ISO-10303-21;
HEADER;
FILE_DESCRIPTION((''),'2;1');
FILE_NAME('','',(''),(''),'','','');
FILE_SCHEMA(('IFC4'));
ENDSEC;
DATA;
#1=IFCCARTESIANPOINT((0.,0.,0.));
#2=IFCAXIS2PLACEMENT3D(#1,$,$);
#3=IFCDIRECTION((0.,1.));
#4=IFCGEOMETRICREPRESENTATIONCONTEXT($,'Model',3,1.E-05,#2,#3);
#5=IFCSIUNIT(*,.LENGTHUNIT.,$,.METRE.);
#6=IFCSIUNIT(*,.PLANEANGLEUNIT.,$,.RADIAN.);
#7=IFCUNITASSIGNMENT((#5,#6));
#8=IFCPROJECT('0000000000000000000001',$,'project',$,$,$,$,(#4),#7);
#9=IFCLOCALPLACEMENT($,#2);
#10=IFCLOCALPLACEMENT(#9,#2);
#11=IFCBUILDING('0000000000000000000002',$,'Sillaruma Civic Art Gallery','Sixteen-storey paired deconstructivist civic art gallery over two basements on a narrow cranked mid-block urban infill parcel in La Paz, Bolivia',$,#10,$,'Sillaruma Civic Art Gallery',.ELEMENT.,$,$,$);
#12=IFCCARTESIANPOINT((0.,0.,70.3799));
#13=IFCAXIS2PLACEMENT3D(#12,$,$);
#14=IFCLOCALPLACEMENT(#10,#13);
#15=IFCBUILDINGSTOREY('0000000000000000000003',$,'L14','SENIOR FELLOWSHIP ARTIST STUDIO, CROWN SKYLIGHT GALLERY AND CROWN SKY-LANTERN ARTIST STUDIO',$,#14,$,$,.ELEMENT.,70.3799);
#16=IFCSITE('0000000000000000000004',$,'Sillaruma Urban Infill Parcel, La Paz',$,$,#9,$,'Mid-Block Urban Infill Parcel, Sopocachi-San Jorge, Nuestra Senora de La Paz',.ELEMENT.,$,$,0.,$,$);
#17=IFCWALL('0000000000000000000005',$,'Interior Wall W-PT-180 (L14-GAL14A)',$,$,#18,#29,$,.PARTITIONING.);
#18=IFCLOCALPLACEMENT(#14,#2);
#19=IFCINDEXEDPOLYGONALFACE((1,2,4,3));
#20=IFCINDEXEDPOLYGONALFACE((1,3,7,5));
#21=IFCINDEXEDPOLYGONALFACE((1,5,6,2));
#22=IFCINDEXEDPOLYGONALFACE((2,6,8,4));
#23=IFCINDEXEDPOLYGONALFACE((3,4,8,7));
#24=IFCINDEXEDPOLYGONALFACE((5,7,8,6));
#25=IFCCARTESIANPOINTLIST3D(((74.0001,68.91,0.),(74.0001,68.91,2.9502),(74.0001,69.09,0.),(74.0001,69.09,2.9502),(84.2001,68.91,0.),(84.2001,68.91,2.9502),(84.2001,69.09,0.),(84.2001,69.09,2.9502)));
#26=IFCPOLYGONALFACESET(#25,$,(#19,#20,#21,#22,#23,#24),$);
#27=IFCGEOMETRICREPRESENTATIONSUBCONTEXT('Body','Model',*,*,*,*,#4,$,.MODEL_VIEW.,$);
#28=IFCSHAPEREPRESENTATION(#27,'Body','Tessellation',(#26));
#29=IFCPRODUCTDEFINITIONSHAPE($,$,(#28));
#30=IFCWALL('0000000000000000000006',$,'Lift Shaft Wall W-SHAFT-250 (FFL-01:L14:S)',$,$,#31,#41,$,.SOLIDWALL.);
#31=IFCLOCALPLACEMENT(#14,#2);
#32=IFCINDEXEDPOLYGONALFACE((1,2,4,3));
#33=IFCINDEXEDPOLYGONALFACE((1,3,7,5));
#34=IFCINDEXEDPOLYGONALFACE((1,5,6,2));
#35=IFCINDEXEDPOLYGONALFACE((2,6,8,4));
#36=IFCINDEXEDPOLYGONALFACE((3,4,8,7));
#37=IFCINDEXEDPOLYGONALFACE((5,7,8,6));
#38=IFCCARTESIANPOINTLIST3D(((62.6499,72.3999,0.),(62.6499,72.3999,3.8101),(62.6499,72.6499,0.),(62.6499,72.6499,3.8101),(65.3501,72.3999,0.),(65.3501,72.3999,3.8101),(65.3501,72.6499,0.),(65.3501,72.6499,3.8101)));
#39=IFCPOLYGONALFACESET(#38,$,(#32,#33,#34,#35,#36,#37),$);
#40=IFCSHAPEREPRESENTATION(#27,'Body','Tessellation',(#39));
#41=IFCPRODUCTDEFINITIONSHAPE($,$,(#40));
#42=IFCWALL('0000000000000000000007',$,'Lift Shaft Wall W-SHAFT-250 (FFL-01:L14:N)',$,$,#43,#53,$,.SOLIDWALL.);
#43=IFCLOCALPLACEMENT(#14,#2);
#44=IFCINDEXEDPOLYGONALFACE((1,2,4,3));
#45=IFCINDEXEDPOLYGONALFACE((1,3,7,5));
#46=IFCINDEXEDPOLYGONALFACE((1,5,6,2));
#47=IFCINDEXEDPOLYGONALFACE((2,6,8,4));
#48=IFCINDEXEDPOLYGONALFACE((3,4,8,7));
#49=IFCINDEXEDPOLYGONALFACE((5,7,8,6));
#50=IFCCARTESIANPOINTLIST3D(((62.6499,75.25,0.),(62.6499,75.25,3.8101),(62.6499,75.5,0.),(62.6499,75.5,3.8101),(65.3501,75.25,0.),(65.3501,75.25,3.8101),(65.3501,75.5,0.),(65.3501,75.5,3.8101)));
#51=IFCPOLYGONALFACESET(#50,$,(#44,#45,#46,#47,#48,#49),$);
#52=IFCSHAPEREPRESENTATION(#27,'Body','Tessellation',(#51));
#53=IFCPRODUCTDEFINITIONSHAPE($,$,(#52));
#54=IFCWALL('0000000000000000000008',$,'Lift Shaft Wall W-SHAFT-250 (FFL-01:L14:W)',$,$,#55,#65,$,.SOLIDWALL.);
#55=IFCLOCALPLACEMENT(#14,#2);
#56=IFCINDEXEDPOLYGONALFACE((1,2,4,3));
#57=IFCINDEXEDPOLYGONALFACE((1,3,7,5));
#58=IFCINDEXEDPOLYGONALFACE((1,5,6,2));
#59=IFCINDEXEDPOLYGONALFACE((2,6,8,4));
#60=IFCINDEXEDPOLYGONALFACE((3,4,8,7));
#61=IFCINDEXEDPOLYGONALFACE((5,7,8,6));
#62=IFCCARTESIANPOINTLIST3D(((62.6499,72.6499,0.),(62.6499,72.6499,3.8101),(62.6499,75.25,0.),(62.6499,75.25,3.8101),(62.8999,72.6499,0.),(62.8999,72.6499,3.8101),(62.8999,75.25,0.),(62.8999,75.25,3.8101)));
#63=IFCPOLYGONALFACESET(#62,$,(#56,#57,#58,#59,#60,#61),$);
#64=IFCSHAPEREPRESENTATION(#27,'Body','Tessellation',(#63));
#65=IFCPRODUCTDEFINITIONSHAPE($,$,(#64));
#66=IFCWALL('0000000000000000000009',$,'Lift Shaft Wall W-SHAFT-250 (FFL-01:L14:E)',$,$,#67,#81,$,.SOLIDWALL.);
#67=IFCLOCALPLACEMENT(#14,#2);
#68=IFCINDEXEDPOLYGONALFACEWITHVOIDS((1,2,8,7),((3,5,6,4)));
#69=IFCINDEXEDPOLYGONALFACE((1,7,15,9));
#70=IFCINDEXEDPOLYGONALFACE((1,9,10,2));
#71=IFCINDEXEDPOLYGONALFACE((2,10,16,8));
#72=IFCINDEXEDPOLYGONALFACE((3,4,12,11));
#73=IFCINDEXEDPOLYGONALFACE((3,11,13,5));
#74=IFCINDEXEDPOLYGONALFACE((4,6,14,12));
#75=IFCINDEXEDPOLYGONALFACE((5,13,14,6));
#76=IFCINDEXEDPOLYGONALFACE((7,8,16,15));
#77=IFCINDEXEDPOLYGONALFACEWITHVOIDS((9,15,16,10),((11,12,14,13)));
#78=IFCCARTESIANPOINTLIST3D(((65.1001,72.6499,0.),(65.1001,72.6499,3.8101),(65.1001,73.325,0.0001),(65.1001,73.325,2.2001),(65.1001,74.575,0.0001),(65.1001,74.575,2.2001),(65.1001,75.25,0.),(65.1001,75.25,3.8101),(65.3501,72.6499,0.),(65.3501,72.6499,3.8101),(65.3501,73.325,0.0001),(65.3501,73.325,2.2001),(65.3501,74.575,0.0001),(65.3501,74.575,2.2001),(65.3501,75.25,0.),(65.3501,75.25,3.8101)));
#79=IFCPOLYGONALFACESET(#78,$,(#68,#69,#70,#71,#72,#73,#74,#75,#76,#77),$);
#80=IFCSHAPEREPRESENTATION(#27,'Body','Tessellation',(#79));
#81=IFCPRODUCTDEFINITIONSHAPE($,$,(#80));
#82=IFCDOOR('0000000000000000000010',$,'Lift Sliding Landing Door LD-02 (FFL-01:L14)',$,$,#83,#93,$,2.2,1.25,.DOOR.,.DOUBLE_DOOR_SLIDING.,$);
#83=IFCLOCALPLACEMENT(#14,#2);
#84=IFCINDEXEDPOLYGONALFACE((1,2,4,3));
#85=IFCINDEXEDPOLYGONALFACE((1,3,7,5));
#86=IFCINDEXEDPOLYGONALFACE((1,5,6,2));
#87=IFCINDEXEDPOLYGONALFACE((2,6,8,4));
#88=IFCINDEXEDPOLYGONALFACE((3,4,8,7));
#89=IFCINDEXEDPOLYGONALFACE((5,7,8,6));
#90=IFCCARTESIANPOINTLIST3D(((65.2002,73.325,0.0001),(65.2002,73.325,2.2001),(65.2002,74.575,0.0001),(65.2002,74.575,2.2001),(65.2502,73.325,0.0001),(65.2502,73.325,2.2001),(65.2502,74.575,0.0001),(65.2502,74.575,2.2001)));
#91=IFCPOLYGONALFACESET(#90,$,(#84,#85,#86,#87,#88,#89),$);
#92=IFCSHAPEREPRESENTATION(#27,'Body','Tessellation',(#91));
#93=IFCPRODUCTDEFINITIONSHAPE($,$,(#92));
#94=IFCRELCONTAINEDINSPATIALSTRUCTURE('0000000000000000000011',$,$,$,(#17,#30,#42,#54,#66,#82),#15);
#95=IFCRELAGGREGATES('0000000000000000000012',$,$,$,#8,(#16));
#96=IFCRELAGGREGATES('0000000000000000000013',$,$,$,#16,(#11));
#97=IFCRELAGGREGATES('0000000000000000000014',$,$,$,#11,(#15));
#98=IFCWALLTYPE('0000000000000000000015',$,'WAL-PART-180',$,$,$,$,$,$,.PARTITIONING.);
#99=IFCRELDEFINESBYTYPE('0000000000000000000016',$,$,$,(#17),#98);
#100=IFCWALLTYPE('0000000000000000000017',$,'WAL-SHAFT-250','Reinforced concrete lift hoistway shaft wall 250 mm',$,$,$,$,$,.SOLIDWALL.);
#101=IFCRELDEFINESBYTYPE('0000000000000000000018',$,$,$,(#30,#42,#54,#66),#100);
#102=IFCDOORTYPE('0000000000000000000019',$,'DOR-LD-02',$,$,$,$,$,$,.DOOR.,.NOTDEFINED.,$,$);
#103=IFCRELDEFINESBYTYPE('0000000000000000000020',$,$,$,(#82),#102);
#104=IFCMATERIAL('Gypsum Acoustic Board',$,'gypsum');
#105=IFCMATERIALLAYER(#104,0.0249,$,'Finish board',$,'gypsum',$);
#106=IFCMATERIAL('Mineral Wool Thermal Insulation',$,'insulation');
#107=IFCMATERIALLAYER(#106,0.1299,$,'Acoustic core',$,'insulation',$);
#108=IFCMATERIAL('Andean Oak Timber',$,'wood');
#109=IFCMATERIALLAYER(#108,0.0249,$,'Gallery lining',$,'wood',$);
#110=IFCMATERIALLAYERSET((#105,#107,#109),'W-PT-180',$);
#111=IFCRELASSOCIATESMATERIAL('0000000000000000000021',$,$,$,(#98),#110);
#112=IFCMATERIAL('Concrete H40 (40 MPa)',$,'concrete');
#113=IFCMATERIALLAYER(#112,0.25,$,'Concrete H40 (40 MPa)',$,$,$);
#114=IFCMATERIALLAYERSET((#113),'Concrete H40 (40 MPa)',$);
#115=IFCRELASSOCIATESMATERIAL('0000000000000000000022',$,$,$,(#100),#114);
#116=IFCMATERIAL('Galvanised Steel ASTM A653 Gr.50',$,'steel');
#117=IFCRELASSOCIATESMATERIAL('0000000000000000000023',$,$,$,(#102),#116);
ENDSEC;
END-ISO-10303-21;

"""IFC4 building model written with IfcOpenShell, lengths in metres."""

from ifc_helpers import new_model, si_unit, direction, frame, frame_2d, origin, place, context, subcontext, project, spatial, rectangle, extrude, material, layer, layer_set, type_object, element, fill, save


model = new_model("IFC4")

# Units and contexts
model_context = context("Model", 3, precision=1e-05, world=origin(), true_north=direction((0.0, 1.0)))
body_context = subcontext(model_context, "Body", "Model", "MODEL_VIEW")
ifc_project = project(units=[si_unit("LENGTHUNIT", "METRE"), si_unit("PLANEANGLEUNIT", "RADIAN")], contexts=[model_context])

# Site, building, storey
site_placement = place(None, origin())
site = spatial("IfcSite", under=ifc_project, at=site_placement, Name="Sillaruma Urban Infill Parcel, La Paz", LongName="Mid-Block Urban Infill Parcel, Sopocachi-San Jorge, Nuestra Senora de La Paz", CompositionType="ELEMENT", RefElevation=0.0)
building_placement = place(site_placement, origin())
building = spatial("IfcBuilding", under=site, at=building_placement, Name="Sillaruma Civic Art Gallery", Description="Sixteen-storey paired deconstructivist civic art gallery over two basements on a narrow cranked mid-block urban infill parcel in La Paz, Bolivia", LongName="Sillaruma Civic Art Gallery", CompositionType="ELEMENT")
storey_placement = place(building_placement, frame((0.0, 0.0, 70.3799)))
storey = spatial("IfcBuildingStorey", under=building, at=storey_placement, Name="L14", Description="SENIOR FELLOWSHIP ARTIST STUDIO, CROWN SKYLIGHT GALLERY AND CROWN SKY-LANTERN ARTIST STUDIO", CompositionType="ELEMENT", Elevation=70.3799)

# Shared definitions
ifc_material_1 = material(Name="Concrete H40 (40 MPa)", Category="concrete")

# Shared definitions
ifc_material_2 = material(Name="Galvanised Steel ASTM A653 Gr.50", Category="steel")

# Shared definitions
ifc_material_3 = material(Name="Gypsum Acoustic Board", Category="gypsum")
ifc_material_4 = material(Name="Mineral Wool Thermal Insulation", Category="insulation")
ifc_material_5 = material(Name="Andean Oak Timber", Category="wood")

# Walls
ifc_layer_1 = layer(ifc_material_3, 0.0249, Name="Finish board", Category="gypsum")
ifc_layer_2 = layer(ifc_material_4, 0.1299, Name="Acoustic core", Category="insulation")
ifc_layer_3 = layer(ifc_material_5, 0.0249, Name="Gallery lining", Category="wood")
ifc_layer_set_1 = layer_set([ifc_layer_1, ifc_layer_2, ifc_layer_3], Name="W-PT-180")
wall_type_1 = type_object("IfcWallType", Name="WAL-PART-180", PredefinedType="PARTITIONING", material=ifc_layer_set_1)
wall_1_placement = place(storey_placement, frame((74.0, 69.0, 0.0), z_axis=(0.0, 0.0, 1.0), x_axis=(1.0, 0.0, 0.0)))
element("IfcWall", 1, at=wall_1_placement, inside=storey, type_object=wall_type_1, Name="Interior Wall W-PT-180 (L14-GAL14A)", PredefinedType="PARTITIONING", context=body_context, shape_type="SweptSolid", body=[
    extrude(rectangle(XDim=10.2, YDim=0.1799, at=frame_2d((5.1001, 0.0))), origin(), (0.0, 0.0, 1.0), 2.9502),
])
ifc_layer_4 = layer(ifc_material_1, 0.25, Name="Concrete H40 (40 MPa)")
ifc_layer_set_2 = layer_set([ifc_layer_4], Name="Concrete H40 (40 MPa)")
wall_type_2 = type_object("IfcWallType", Name="WAL-SHAFT-250", Description="Reinforced concrete lift hoistway shaft wall 250 mm", PredefinedType="SOLIDWALL", material=ifc_layer_set_2)
for number, where, z_axis, x_axis, name in (
    (2, (62.6499, 72.5249, 0.0), (0.0, 0.0, 1.0), (1.0, 0.0, 0.0), "Lift Shaft Wall W-SHAFT-250 (FFL-01:L14:S)"),
    (3, (62.6499, 75.375, 0.0), (0.0, 0.0, 1.0), (1.0, 0.0, 0.0), "Lift Shaft Wall W-SHAFT-250 (FFL-01:L14:N)"),
):
    element("IfcWall", number, at=place(storey_placement, frame(where, z_axis=z_axis, x_axis=x_axis)), inside=storey, type_object=wall_type_2, Name=name, PredefinedType="SOLIDWALL", context=body_context, shape_type="SweptSolid", body=[
        extrude(rectangle(XDim=2.7002, YDim=0.25, at=frame_2d((1.3501, 0.0))), origin(), (0.0, 0.0, 1.0), 3.8101),
    ])
wall_2_placement = place(storey_placement, frame((62.7749, 72.6499, 0.0), z_axis=(0.0, 0.0, 1.0), x_axis=(0.0, 1.0, 0.0)))
element("IfcWall", 4, at=wall_2_placement, inside=storey, type_object=wall_type_2, Name="Lift Shaft Wall W-SHAFT-250 (FFL-01:L14:W)", PredefinedType="SOLIDWALL", context=body_context, shape_type="SweptSolid", body=[
    extrude(rectangle(XDim=2.6001, YDim=0.25, at=frame_2d((1.3, 0.0))), origin(), (0.0, 0.0, 1.0), 3.8101),
])

# Wall, opening, door
wall_3_placement = place(storey_placement, frame((65.2251, 72.6499, 0.0), z_axis=(0.0, 0.0, 1.0), x_axis=(0.0, 1.0, 0.0)))
wall_3 = element("IfcWall", 5, at=wall_3_placement, inside=storey, type_object=wall_type_2, Name="Lift Shaft Wall W-SHAFT-250 (FFL-01:L14:E)", PredefinedType="SOLIDWALL", context=body_context, shape_type="SweptSolid", body=[
    extrude(rectangle(XDim=2.6001, YDim=0.25, at=frame_2d((1.3, 0.0))), origin(), (0.0, 0.0, 1.0), 3.8101),
])
opening_1_placement = place(wall_3_placement, frame((0.675, 0.0, 0.0)))
opening_1 = element("IfcOpeningElement", 6, at=opening_1_placement, cuts=wall_3, PredefinedType="OPENING", context=body_context, shape_type="SweptSolid", body=[
    extrude(rectangle(XDim=1.25, YDim=2.2, at=frame_2d((0.625, 1.1001))), frame((0.0, 0.135, 0.0), z_axis=(0.0, -1.0, 0.0), x_axis=(1.0, 0.0, 0.0)), (0.0, 0.0, 1.0), 0.27),
])
door_type_1 = type_object("IfcDoorType", Name="DOR-LD-02", OperationType="NOTDEFINED", PredefinedType="DOOR", material=ifc_material_2)
door_1_placement = place(opening_1_placement, origin())
door_1 = element("IfcDoor", 7, at=door_1_placement, inside=storey, type_object=door_type_1, Name="Lift Sliding Landing Door LD-02 (FFL-01:L14)", OperationType="DOUBLE_DOOR_SLIDING", OverallHeight=2.2, OverallWidth=1.25, PredefinedType="DOOR", context=body_context, shape_type="SweptSolid", body=[
    extrude(rectangle(XDim=1.25, YDim=2.2, at=frame_2d((0.625, 1.1001))), frame((0.0, 0.0249, 0.0), z_axis=(0.0, -1.0, 0.0), x_axis=(1.0, 0.0, 0.0)), (0.0, 0.0, 1.0), 0.05),
])
fill(opening_1, door_1)

save(model, "model.ifc")
